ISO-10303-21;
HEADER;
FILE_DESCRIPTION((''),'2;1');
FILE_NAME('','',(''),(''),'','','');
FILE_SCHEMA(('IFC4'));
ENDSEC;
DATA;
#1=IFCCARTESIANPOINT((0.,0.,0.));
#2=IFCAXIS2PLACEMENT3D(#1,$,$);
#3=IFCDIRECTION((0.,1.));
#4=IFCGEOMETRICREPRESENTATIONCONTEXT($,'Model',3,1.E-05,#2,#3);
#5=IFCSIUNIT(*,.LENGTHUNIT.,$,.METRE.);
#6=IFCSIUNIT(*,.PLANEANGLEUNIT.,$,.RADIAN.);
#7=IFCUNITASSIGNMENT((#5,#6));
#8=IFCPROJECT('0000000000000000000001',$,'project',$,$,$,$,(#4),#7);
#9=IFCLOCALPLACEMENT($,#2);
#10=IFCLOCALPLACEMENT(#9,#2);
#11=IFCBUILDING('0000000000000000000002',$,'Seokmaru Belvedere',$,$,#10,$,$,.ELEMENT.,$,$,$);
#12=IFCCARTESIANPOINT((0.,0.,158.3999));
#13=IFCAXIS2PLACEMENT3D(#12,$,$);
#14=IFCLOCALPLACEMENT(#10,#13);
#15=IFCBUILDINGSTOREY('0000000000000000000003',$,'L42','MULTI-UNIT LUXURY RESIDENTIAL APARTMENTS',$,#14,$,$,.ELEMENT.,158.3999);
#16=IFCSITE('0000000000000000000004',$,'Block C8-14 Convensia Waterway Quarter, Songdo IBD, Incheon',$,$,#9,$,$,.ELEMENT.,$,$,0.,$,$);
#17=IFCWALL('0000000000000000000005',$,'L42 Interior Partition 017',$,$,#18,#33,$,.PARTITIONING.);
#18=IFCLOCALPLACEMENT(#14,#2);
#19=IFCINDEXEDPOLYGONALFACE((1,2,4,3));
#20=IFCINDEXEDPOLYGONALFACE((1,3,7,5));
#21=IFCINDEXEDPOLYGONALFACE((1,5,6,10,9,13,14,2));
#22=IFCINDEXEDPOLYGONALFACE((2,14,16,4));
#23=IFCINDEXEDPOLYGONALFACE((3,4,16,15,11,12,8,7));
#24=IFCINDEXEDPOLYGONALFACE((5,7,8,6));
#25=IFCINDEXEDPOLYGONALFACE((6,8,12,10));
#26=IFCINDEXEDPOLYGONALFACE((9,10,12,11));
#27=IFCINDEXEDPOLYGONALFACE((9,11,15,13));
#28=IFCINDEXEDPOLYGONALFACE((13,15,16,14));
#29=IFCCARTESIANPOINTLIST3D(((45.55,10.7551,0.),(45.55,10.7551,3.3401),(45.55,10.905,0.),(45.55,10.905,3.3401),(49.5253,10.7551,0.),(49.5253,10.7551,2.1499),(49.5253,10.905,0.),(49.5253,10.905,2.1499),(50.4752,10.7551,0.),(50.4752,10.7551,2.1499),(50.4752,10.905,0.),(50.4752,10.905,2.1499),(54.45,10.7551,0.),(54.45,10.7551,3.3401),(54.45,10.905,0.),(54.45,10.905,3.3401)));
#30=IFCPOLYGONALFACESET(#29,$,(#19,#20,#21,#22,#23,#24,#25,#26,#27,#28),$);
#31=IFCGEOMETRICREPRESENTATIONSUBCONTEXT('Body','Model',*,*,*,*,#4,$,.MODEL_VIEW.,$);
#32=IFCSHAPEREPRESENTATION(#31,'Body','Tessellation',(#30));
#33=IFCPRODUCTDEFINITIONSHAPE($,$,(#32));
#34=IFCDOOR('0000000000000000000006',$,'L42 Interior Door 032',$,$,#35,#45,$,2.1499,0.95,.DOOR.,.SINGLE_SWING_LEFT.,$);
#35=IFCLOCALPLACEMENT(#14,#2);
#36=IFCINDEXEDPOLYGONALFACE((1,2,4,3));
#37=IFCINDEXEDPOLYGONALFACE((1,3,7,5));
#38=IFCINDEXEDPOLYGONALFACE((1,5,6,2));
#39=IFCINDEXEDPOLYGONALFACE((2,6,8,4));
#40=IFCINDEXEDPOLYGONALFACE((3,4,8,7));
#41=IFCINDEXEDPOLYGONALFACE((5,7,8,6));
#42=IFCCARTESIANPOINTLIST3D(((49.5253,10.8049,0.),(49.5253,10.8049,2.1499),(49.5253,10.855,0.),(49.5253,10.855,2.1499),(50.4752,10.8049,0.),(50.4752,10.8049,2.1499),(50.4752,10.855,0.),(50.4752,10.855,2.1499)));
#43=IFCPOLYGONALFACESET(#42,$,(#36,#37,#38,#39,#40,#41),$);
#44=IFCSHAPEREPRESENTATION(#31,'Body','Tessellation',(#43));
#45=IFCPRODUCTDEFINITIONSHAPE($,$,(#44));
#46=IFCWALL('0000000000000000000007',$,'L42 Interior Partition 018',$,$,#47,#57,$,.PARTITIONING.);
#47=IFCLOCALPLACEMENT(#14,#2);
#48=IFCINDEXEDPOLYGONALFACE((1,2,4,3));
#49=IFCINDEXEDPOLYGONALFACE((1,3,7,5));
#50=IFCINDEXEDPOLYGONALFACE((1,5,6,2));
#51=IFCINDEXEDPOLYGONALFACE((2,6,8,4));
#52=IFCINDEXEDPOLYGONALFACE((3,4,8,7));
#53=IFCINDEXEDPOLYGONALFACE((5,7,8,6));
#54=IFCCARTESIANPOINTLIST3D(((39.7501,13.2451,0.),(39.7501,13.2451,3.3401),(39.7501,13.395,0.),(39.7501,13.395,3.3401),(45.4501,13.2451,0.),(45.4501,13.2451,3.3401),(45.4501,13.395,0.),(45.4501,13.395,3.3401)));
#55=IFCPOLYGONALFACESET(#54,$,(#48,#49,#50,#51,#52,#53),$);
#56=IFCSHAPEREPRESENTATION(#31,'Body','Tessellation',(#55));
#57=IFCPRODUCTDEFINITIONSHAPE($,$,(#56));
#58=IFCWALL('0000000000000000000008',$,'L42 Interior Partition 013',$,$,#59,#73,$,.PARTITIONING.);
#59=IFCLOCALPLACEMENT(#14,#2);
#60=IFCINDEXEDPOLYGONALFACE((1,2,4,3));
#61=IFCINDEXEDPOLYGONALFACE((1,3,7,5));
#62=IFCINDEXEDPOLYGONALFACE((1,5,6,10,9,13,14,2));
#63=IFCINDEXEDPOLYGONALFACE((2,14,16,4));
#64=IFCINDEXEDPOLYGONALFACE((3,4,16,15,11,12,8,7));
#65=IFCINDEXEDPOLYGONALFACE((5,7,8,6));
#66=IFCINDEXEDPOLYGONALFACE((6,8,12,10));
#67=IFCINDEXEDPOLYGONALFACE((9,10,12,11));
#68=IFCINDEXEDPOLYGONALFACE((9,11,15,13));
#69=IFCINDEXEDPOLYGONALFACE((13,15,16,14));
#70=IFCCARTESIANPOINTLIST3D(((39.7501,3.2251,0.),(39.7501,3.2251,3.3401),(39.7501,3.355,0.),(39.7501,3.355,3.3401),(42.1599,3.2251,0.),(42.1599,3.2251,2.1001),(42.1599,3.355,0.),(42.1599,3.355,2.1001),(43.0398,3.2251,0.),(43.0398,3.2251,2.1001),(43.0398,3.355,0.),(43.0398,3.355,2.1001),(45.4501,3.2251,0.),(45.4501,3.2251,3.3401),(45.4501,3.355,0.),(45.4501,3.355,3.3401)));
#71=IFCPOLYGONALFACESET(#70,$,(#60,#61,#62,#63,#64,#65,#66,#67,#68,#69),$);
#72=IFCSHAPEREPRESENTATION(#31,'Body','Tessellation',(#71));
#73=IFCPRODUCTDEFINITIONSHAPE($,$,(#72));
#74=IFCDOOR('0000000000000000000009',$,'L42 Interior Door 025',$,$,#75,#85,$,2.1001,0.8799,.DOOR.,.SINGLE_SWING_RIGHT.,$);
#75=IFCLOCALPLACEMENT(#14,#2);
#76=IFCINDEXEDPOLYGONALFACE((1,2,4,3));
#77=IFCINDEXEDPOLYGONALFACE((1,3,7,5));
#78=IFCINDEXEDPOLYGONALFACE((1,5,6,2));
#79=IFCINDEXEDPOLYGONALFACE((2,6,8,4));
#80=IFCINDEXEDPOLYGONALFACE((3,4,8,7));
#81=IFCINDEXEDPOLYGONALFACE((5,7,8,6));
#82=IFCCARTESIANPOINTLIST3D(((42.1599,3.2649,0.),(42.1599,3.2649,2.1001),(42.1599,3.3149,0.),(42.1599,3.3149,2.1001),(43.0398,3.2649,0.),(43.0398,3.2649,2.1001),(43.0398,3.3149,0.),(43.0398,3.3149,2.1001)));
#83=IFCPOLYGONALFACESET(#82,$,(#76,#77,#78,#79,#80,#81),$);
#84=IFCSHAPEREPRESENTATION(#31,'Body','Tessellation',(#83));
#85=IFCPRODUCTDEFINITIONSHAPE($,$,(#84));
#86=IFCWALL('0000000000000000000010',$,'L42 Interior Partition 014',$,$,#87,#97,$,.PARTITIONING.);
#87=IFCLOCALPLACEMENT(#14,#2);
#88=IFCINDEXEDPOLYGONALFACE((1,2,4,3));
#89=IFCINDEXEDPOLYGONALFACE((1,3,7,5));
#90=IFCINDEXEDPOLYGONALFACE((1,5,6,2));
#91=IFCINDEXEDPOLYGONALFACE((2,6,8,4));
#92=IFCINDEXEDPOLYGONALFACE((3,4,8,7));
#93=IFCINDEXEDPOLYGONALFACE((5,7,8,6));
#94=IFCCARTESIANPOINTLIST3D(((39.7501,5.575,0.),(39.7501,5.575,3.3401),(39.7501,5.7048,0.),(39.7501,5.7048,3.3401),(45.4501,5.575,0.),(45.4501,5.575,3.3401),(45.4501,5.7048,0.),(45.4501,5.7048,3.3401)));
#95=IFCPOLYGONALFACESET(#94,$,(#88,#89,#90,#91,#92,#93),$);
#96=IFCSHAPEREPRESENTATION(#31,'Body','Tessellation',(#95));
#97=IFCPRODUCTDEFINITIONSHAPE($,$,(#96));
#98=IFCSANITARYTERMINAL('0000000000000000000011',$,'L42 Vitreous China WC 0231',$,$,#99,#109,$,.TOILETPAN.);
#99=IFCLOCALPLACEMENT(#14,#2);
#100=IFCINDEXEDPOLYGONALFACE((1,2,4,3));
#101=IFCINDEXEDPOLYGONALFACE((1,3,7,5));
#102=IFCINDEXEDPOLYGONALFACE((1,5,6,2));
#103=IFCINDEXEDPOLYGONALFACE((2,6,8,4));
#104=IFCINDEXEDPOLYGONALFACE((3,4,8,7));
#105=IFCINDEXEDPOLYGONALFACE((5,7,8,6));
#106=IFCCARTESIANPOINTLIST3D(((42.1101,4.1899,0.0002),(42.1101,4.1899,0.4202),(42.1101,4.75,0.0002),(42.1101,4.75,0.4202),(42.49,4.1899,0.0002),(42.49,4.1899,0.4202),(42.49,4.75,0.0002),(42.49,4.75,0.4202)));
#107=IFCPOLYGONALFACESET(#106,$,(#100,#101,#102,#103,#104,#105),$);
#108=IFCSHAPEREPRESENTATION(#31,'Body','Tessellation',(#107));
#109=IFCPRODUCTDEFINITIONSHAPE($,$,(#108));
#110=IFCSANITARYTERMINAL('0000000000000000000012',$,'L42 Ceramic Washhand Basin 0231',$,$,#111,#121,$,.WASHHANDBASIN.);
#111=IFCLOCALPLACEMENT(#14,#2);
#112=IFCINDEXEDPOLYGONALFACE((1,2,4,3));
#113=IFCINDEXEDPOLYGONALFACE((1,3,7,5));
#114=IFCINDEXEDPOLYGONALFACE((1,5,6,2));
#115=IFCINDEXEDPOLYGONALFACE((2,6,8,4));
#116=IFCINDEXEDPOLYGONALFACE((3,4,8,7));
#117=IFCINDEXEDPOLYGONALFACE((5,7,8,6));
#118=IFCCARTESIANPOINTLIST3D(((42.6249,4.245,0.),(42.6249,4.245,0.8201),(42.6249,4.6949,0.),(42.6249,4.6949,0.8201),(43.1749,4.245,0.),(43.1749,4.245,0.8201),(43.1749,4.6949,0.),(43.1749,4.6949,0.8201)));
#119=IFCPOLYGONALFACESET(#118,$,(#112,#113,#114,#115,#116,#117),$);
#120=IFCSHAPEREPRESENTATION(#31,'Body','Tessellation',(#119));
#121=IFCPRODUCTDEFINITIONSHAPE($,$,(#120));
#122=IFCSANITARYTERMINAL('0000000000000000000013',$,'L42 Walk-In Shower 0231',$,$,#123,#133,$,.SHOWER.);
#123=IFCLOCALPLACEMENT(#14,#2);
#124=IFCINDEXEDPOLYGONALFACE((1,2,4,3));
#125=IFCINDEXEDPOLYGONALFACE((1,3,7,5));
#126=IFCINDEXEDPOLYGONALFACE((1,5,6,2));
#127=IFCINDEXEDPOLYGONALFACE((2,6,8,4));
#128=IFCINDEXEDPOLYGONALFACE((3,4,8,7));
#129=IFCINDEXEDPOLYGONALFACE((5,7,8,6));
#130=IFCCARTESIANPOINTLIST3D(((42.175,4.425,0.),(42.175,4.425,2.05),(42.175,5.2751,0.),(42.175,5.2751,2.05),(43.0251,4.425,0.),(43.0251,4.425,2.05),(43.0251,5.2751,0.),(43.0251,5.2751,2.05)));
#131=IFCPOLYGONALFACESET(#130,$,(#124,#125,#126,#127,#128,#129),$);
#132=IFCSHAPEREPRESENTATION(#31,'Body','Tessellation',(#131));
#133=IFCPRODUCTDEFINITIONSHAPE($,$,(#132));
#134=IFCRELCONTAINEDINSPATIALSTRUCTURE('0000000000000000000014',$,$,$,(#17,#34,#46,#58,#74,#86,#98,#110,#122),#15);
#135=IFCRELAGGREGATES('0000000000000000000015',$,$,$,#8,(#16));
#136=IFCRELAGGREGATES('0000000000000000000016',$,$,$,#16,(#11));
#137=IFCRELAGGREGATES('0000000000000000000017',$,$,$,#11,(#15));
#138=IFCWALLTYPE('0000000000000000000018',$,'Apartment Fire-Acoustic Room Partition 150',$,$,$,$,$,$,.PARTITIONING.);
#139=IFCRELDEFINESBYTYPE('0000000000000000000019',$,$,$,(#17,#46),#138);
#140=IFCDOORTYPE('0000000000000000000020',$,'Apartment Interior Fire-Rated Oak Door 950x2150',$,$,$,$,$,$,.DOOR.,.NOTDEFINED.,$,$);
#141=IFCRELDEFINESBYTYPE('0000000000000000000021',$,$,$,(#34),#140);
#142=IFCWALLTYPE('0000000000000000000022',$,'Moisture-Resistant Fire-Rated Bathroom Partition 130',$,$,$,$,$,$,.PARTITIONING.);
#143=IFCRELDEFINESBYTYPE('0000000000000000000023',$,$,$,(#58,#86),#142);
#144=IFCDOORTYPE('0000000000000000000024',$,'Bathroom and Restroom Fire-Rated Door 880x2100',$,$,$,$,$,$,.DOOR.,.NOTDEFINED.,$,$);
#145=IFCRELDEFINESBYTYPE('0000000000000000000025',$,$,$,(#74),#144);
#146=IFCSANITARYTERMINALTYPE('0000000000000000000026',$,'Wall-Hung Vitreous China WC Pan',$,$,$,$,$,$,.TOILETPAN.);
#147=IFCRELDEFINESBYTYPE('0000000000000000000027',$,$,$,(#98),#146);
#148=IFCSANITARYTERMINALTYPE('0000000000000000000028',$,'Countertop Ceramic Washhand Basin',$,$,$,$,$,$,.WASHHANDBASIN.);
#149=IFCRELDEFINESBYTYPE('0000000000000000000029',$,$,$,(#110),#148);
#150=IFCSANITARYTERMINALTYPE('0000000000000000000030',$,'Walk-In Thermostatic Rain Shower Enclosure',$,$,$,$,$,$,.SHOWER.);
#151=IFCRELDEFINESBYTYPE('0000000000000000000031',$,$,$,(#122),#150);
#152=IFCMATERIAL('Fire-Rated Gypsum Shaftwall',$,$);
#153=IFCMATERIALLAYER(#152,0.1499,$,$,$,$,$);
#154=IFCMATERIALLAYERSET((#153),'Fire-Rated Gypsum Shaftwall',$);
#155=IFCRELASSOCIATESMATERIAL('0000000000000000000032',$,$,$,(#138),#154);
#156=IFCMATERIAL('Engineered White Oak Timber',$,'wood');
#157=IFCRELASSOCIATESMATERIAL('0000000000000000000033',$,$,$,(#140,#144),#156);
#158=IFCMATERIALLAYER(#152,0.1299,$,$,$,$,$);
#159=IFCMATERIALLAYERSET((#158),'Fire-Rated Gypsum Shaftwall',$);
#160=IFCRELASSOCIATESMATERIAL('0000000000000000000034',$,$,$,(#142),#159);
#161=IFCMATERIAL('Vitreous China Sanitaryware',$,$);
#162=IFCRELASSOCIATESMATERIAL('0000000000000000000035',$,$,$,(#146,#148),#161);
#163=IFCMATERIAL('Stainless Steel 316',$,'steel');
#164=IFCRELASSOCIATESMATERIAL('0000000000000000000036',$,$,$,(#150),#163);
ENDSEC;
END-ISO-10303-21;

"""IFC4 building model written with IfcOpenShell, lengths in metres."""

from ifc_helpers import new_model, si_unit, direction, frame, frame_2d, origin, origin_2d, place, context, subcontext, project, spatial, rectangle, extrude, source, transform, mapped, material, layer, layer_set, type_object, type_shapes, element, fill, save


model = new_model("IFC4")

# Units and contexts
model_context = context("Model", 3, precision=1e-05, world=origin(), true_north=direction((0.0, 1.0)))
body_context = subcontext(model_context, "Body", "Model", "MODEL_VIEW")
ifc_project = project(units=[si_unit("LENGTHUNIT", "METRE"), si_unit("PLANEANGLEUNIT", "RADIAN")], contexts=[model_context])

# Site, building, storey
site_placement = place(None, origin())
site = spatial("IfcSite", under=ifc_project, at=site_placement, Name="Block C8-14 Convensia Waterway Quarter, Songdo IBD, Incheon", CompositionType="ELEMENT", RefElevation=0.0)
building_placement = place(site_placement, origin())
building = spatial("IfcBuilding", under=site, at=building_placement, Name="Seokmaru Belvedere", CompositionType="ELEMENT")
storey_placement = place(building_placement, frame((0.0, 0.0, 158.3999)))
storey = spatial("IfcBuildingStorey", under=building, at=storey_placement, Name="L42", Description="MULTI-UNIT LUXURY RESIDENTIAL APARTMENTS", CompositionType="ELEMENT", Elevation=158.3999)

# Shared definitions
ifc_material_1 = material(Name="Fire-Rated Gypsum Shaftwall")
ifc_layer_1 = layer(ifc_material_1, 0.1499)
ifc_layer_set_1 = layer_set([ifc_layer_1], Name="Fire-Rated Gypsum Shaftwall")
wall_type_1 = type_object("IfcWallType", Name="Apartment Fire-Acoustic Room Partition 150", PredefinedType="PARTITIONING", material=ifc_layer_set_1)
ifc_material_2 = material(Name="Engineered White Oak Timber", Category="wood")
door_type_1 = type_object("IfcDoorType", Name="Apartment Interior Fire-Rated Oak Door 950x2150", OperationType="NOTDEFINED", PredefinedType="DOOR", material=ifc_material_2)
shared_shape_1 = source(origin(), body_context, "Body", "SweptSolid", [
    extrude(rectangle(XDim=0.95, YDim=2.1499, at=frame_2d((0.4751, 1.075))), frame((0.0, 0.0249, 0.0), z_axis=(0.0, -1.0, 0.0), x_axis=(1.0, 0.0, 0.0)), (0.0, 0.0, 1.0), 0.05),
])
type_shapes(door_type_1, [shared_shape_1])

# Wall, opening, door
wall_1_placement = place(storey_placement, frame((45.55, 10.8301, 0.0), z_axis=(0.0, 0.0, 1.0), x_axis=(1.0, 0.0, 0.0)))
wall_1 = element("IfcWall", 1, at=wall_1_placement, inside=storey, type_object=wall_type_1, Name="L42 Interior Partition 017", PredefinedType="PARTITIONING", context=body_context, shape_type="SweptSolid", body=[
    extrude(rectangle(XDim=8.8999, YDim=0.1499, at=frame_2d((4.45, 0.0))), origin(), (0.0, 0.0, 1.0), 3.3401),
])
opening_1_placement = place(wall_1_placement, frame((3.9751, 0.0, 0.0)))
opening_1 = element("IfcOpeningElement", 2, at=opening_1_placement, cuts=wall_1, PredefinedType="OPENING", context=body_context, shape_type="SweptSolid", body=[
    extrude(rectangle(XDim=0.95, YDim=2.1499, at=frame_2d((0.4751, 1.075))), frame((0.0, 0.085, 0.0), z_axis=(0.0, -1.0, 0.0), x_axis=(1.0, 0.0, 0.0)), (0.0, 0.0, 1.0), 0.1699),
])
door_1_placement = place(opening_1_placement, origin())
door_1 = element("IfcDoor", 3, at=door_1_placement, inside=storey, type_object=door_type_1, Name="L42 Interior Door 032", OperationType="SINGLE_SWING_LEFT", OverallHeight=2.1499, OverallWidth=0.95, PredefinedType="DOOR", context=body_context, shape_type="MappedRepresentation", body=[
    mapped(shared_shape_1, transform((0.0, 0.0, 0.0), scale=1.0)),
])
fill(opening_1, door_1)

# Wall
wall_2_placement = place(storey_placement, frame((39.75, 13.3201, 0.0), z_axis=(0.0, 0.0, 1.0), x_axis=(1.0, 0.0, 0.0)))
element("IfcWall", 4, at=wall_2_placement, inside=storey, type_object=wall_type_1, Name="L42 Interior Partition 018", PredefinedType="PARTITIONING", context=body_context, shape_type="SweptSolid", body=[
    extrude(rectangle(XDim=5.7, YDim=0.1499, at=frame_2d((2.8501, 0.0))), origin(), (0.0, 0.0, 1.0), 3.3401),
])

# Wall, opening, door
ifc_layer_2 = layer(ifc_material_1, 0.1299)
ifc_layer_set_2 = layer_set([ifc_layer_2], Name="Fire-Rated Gypsum Shaftwall")
wall_type_2 = type_object("IfcWallType", Name="Moisture-Resistant Fire-Rated Bathroom Partition 130", PredefinedType="PARTITIONING", material=ifc_layer_set_2)
wall_3_placement = place(storey_placement, frame((39.75, 3.29, 0.0), z_axis=(0.0, 0.0, 1.0), x_axis=(1.0, 0.0, 0.0)))
wall_3 = element("IfcWall", 5, at=wall_3_placement, inside=storey, type_object=wall_type_2, Name="L42 Interior Partition 013", PredefinedType="PARTITIONING", context=body_context, shape_type="SweptSolid", body=[
    extrude(rectangle(XDim=5.7, YDim=0.1299, at=frame_2d((2.8501, 0.0))), origin(), (0.0, 0.0, 1.0), 3.3401),
])
opening_2_placement = place(wall_3_placement, frame((2.4099, 0.0, 0.0)))
opening_2 = element("IfcOpeningElement", 6, at=opening_2_placement, cuts=wall_3, PredefinedType="OPENING", context=body_context, shape_type="SweptSolid", body=[
    extrude(rectangle(XDim=0.8799, YDim=2.1001, at=frame_2d((0.4399, 1.05))), frame((0.0, 0.075, 0.0), z_axis=(0.0, -1.0, 0.0), x_axis=(1.0, 0.0, 0.0)), (0.0, 0.0, 1.0), 0.1499),
])
door_type_2 = type_object("IfcDoorType", Name="Bathroom and Restroom Fire-Rated Door 880x2100", OperationType="NOTDEFINED", PredefinedType="DOOR", material=ifc_material_2)
shared_shape_2 = source(origin(), body_context, "Body", "SweptSolid", [
    extrude(rectangle(XDim=0.8799, YDim=2.1001, at=frame_2d((0.4399, 1.05))), frame((0.0, 0.0249, 0.0), z_axis=(0.0, -1.0, 0.0), x_axis=(1.0, 0.0, 0.0)), (0.0, 0.0, 1.0), 0.05),
])
type_shapes(door_type_2, [shared_shape_2])
door_2_placement = place(opening_2_placement, origin())
door_2 = element("IfcDoor", 7, at=door_2_placement, inside=storey, type_object=door_type_2, Name="L42 Interior Door 025", OperationType="SINGLE_SWING_RIGHT", OverallHeight=2.1001, OverallWidth=0.8799, PredefinedType="DOOR", context=body_context, shape_type="MappedRepresentation", body=[
    mapped(shared_shape_2, transform((0.0, 0.0, 0.0), scale=1.0)),
])
fill(opening_2, door_2)

# Wall
wall_4_placement = place(storey_placement, frame((39.75, 5.6399, 0.0), z_axis=(0.0, 0.0, 1.0), x_axis=(1.0, 0.0, 0.0)))
element("IfcWall", 8, at=wall_4_placement, inside=storey, type_object=wall_type_2, Name="L42 Interior Partition 014", PredefinedType="PARTITIONING", context=body_context, shape_type="SweptSolid", body=[
    extrude(rectangle(XDim=5.7, YDim=0.1299, at=frame_2d((2.8501, 0.0))), origin(), (0.0, 0.0, 1.0), 3.3401),
])

# Sanitary terminals
ifc_material_3 = material(Name="Vitreous China Sanitaryware")
sanitary_terminal_type_1 = type_object("IfcSanitaryTerminalType", Name="Wall-Hung Vitreous China WC Pan", PredefinedType="TOILETPAN", material=ifc_material_3)
shared_shape_3 = source(origin(), body_context, "Body", "SweptSolid", [
    extrude(rectangle(XDim=0.3799, YDim=0.5601, at=origin_2d()), origin(), (0.0, 0.0, 1.0), 0.4199),
])
type_shapes(sanitary_terminal_type_1, [shared_shape_3])
sanitary_terminal_1_placement = place(storey_placement, frame((42.3, 4.47, 0.0002), z_axis=(0.0, 0.0, 1.0), x_axis=(1.0, 0.0, 0.0)))
element("IfcSanitaryTerminal", 9, at=sanitary_terminal_1_placement, inside=storey, type_object=sanitary_terminal_type_1, Name="L42 Vitreous China WC 0231", PredefinedType="TOILETPAN", context=body_context, shape_type="MappedRepresentation", body=[
    mapped(shared_shape_3, transform((0.0, 0.0, 0.0), scale=1.0)),
])
sanitary_terminal_type_2 = type_object("IfcSanitaryTerminalType", Name="Countertop Ceramic Washhand Basin", PredefinedType="WASHHANDBASIN", material=ifc_material_3)
shared_shape_4 = source(origin(), body_context, "Body", "SweptSolid", [
    extrude(rectangle(XDim=0.55, YDim=0.45, at=origin_2d()), origin(), (0.0, 0.0, 1.0), 0.8201),
])
type_shapes(sanitary_terminal_type_2, [shared_shape_4])
sanitary_terminal_2_placement = place(storey_placement, frame((42.8999, 4.47, 0.0), z_axis=(0.0, 0.0, 1.0), x_axis=(1.0, 0.0, 0.0)))
element("IfcSanitaryTerminal", 10, at=sanitary_terminal_2_placement, inside=storey, type_object=sanitary_terminal_type_2, Name="L42 Ceramic Washhand Basin 0231", PredefinedType="WASHHANDBASIN", context=body_context, shape_type="MappedRepresentation", body=[
    mapped(shared_shape_4, transform((0.0, 0.0, 0.0), scale=1.0)),
])
ifc_material_4 = material(Name="Stainless Steel 316", Category="steel")
sanitary_terminal_type_3 = type_object("IfcSanitaryTerminalType", Name="Walk-In Thermostatic Rain Shower Enclosure", PredefinedType="SHOWER", material=ifc_material_4)
shared_shape_5 = source(origin(), body_context, "Body", "SweptSolid", [
    extrude(rectangle(XDim=0.8501, YDim=0.8501, at=origin_2d()), origin(), (0.0, 0.0, 1.0), 2.05),
])
type_shapes(sanitary_terminal_type_3, [shared_shape_5])
sanitary_terminal_3_placement = place(storey_placement, frame((42.6001, 4.8501, 0.0), z_axis=(0.0, 0.0, 1.0), x_axis=(1.0, 0.0, 0.0)))
element("IfcSanitaryTerminal", 11, at=sanitary_terminal_3_placement, inside=storey, type_object=sanitary_terminal_type_3, Name="L42 Walk-In Shower 0231", PredefinedType="SHOWER", context=body_context, shape_type="MappedRepresentation", body=[
    mapped(shared_shape_5, transform((0.0, 0.0, 0.0), scale=1.0)),
])

save(model, "model.ifc")
